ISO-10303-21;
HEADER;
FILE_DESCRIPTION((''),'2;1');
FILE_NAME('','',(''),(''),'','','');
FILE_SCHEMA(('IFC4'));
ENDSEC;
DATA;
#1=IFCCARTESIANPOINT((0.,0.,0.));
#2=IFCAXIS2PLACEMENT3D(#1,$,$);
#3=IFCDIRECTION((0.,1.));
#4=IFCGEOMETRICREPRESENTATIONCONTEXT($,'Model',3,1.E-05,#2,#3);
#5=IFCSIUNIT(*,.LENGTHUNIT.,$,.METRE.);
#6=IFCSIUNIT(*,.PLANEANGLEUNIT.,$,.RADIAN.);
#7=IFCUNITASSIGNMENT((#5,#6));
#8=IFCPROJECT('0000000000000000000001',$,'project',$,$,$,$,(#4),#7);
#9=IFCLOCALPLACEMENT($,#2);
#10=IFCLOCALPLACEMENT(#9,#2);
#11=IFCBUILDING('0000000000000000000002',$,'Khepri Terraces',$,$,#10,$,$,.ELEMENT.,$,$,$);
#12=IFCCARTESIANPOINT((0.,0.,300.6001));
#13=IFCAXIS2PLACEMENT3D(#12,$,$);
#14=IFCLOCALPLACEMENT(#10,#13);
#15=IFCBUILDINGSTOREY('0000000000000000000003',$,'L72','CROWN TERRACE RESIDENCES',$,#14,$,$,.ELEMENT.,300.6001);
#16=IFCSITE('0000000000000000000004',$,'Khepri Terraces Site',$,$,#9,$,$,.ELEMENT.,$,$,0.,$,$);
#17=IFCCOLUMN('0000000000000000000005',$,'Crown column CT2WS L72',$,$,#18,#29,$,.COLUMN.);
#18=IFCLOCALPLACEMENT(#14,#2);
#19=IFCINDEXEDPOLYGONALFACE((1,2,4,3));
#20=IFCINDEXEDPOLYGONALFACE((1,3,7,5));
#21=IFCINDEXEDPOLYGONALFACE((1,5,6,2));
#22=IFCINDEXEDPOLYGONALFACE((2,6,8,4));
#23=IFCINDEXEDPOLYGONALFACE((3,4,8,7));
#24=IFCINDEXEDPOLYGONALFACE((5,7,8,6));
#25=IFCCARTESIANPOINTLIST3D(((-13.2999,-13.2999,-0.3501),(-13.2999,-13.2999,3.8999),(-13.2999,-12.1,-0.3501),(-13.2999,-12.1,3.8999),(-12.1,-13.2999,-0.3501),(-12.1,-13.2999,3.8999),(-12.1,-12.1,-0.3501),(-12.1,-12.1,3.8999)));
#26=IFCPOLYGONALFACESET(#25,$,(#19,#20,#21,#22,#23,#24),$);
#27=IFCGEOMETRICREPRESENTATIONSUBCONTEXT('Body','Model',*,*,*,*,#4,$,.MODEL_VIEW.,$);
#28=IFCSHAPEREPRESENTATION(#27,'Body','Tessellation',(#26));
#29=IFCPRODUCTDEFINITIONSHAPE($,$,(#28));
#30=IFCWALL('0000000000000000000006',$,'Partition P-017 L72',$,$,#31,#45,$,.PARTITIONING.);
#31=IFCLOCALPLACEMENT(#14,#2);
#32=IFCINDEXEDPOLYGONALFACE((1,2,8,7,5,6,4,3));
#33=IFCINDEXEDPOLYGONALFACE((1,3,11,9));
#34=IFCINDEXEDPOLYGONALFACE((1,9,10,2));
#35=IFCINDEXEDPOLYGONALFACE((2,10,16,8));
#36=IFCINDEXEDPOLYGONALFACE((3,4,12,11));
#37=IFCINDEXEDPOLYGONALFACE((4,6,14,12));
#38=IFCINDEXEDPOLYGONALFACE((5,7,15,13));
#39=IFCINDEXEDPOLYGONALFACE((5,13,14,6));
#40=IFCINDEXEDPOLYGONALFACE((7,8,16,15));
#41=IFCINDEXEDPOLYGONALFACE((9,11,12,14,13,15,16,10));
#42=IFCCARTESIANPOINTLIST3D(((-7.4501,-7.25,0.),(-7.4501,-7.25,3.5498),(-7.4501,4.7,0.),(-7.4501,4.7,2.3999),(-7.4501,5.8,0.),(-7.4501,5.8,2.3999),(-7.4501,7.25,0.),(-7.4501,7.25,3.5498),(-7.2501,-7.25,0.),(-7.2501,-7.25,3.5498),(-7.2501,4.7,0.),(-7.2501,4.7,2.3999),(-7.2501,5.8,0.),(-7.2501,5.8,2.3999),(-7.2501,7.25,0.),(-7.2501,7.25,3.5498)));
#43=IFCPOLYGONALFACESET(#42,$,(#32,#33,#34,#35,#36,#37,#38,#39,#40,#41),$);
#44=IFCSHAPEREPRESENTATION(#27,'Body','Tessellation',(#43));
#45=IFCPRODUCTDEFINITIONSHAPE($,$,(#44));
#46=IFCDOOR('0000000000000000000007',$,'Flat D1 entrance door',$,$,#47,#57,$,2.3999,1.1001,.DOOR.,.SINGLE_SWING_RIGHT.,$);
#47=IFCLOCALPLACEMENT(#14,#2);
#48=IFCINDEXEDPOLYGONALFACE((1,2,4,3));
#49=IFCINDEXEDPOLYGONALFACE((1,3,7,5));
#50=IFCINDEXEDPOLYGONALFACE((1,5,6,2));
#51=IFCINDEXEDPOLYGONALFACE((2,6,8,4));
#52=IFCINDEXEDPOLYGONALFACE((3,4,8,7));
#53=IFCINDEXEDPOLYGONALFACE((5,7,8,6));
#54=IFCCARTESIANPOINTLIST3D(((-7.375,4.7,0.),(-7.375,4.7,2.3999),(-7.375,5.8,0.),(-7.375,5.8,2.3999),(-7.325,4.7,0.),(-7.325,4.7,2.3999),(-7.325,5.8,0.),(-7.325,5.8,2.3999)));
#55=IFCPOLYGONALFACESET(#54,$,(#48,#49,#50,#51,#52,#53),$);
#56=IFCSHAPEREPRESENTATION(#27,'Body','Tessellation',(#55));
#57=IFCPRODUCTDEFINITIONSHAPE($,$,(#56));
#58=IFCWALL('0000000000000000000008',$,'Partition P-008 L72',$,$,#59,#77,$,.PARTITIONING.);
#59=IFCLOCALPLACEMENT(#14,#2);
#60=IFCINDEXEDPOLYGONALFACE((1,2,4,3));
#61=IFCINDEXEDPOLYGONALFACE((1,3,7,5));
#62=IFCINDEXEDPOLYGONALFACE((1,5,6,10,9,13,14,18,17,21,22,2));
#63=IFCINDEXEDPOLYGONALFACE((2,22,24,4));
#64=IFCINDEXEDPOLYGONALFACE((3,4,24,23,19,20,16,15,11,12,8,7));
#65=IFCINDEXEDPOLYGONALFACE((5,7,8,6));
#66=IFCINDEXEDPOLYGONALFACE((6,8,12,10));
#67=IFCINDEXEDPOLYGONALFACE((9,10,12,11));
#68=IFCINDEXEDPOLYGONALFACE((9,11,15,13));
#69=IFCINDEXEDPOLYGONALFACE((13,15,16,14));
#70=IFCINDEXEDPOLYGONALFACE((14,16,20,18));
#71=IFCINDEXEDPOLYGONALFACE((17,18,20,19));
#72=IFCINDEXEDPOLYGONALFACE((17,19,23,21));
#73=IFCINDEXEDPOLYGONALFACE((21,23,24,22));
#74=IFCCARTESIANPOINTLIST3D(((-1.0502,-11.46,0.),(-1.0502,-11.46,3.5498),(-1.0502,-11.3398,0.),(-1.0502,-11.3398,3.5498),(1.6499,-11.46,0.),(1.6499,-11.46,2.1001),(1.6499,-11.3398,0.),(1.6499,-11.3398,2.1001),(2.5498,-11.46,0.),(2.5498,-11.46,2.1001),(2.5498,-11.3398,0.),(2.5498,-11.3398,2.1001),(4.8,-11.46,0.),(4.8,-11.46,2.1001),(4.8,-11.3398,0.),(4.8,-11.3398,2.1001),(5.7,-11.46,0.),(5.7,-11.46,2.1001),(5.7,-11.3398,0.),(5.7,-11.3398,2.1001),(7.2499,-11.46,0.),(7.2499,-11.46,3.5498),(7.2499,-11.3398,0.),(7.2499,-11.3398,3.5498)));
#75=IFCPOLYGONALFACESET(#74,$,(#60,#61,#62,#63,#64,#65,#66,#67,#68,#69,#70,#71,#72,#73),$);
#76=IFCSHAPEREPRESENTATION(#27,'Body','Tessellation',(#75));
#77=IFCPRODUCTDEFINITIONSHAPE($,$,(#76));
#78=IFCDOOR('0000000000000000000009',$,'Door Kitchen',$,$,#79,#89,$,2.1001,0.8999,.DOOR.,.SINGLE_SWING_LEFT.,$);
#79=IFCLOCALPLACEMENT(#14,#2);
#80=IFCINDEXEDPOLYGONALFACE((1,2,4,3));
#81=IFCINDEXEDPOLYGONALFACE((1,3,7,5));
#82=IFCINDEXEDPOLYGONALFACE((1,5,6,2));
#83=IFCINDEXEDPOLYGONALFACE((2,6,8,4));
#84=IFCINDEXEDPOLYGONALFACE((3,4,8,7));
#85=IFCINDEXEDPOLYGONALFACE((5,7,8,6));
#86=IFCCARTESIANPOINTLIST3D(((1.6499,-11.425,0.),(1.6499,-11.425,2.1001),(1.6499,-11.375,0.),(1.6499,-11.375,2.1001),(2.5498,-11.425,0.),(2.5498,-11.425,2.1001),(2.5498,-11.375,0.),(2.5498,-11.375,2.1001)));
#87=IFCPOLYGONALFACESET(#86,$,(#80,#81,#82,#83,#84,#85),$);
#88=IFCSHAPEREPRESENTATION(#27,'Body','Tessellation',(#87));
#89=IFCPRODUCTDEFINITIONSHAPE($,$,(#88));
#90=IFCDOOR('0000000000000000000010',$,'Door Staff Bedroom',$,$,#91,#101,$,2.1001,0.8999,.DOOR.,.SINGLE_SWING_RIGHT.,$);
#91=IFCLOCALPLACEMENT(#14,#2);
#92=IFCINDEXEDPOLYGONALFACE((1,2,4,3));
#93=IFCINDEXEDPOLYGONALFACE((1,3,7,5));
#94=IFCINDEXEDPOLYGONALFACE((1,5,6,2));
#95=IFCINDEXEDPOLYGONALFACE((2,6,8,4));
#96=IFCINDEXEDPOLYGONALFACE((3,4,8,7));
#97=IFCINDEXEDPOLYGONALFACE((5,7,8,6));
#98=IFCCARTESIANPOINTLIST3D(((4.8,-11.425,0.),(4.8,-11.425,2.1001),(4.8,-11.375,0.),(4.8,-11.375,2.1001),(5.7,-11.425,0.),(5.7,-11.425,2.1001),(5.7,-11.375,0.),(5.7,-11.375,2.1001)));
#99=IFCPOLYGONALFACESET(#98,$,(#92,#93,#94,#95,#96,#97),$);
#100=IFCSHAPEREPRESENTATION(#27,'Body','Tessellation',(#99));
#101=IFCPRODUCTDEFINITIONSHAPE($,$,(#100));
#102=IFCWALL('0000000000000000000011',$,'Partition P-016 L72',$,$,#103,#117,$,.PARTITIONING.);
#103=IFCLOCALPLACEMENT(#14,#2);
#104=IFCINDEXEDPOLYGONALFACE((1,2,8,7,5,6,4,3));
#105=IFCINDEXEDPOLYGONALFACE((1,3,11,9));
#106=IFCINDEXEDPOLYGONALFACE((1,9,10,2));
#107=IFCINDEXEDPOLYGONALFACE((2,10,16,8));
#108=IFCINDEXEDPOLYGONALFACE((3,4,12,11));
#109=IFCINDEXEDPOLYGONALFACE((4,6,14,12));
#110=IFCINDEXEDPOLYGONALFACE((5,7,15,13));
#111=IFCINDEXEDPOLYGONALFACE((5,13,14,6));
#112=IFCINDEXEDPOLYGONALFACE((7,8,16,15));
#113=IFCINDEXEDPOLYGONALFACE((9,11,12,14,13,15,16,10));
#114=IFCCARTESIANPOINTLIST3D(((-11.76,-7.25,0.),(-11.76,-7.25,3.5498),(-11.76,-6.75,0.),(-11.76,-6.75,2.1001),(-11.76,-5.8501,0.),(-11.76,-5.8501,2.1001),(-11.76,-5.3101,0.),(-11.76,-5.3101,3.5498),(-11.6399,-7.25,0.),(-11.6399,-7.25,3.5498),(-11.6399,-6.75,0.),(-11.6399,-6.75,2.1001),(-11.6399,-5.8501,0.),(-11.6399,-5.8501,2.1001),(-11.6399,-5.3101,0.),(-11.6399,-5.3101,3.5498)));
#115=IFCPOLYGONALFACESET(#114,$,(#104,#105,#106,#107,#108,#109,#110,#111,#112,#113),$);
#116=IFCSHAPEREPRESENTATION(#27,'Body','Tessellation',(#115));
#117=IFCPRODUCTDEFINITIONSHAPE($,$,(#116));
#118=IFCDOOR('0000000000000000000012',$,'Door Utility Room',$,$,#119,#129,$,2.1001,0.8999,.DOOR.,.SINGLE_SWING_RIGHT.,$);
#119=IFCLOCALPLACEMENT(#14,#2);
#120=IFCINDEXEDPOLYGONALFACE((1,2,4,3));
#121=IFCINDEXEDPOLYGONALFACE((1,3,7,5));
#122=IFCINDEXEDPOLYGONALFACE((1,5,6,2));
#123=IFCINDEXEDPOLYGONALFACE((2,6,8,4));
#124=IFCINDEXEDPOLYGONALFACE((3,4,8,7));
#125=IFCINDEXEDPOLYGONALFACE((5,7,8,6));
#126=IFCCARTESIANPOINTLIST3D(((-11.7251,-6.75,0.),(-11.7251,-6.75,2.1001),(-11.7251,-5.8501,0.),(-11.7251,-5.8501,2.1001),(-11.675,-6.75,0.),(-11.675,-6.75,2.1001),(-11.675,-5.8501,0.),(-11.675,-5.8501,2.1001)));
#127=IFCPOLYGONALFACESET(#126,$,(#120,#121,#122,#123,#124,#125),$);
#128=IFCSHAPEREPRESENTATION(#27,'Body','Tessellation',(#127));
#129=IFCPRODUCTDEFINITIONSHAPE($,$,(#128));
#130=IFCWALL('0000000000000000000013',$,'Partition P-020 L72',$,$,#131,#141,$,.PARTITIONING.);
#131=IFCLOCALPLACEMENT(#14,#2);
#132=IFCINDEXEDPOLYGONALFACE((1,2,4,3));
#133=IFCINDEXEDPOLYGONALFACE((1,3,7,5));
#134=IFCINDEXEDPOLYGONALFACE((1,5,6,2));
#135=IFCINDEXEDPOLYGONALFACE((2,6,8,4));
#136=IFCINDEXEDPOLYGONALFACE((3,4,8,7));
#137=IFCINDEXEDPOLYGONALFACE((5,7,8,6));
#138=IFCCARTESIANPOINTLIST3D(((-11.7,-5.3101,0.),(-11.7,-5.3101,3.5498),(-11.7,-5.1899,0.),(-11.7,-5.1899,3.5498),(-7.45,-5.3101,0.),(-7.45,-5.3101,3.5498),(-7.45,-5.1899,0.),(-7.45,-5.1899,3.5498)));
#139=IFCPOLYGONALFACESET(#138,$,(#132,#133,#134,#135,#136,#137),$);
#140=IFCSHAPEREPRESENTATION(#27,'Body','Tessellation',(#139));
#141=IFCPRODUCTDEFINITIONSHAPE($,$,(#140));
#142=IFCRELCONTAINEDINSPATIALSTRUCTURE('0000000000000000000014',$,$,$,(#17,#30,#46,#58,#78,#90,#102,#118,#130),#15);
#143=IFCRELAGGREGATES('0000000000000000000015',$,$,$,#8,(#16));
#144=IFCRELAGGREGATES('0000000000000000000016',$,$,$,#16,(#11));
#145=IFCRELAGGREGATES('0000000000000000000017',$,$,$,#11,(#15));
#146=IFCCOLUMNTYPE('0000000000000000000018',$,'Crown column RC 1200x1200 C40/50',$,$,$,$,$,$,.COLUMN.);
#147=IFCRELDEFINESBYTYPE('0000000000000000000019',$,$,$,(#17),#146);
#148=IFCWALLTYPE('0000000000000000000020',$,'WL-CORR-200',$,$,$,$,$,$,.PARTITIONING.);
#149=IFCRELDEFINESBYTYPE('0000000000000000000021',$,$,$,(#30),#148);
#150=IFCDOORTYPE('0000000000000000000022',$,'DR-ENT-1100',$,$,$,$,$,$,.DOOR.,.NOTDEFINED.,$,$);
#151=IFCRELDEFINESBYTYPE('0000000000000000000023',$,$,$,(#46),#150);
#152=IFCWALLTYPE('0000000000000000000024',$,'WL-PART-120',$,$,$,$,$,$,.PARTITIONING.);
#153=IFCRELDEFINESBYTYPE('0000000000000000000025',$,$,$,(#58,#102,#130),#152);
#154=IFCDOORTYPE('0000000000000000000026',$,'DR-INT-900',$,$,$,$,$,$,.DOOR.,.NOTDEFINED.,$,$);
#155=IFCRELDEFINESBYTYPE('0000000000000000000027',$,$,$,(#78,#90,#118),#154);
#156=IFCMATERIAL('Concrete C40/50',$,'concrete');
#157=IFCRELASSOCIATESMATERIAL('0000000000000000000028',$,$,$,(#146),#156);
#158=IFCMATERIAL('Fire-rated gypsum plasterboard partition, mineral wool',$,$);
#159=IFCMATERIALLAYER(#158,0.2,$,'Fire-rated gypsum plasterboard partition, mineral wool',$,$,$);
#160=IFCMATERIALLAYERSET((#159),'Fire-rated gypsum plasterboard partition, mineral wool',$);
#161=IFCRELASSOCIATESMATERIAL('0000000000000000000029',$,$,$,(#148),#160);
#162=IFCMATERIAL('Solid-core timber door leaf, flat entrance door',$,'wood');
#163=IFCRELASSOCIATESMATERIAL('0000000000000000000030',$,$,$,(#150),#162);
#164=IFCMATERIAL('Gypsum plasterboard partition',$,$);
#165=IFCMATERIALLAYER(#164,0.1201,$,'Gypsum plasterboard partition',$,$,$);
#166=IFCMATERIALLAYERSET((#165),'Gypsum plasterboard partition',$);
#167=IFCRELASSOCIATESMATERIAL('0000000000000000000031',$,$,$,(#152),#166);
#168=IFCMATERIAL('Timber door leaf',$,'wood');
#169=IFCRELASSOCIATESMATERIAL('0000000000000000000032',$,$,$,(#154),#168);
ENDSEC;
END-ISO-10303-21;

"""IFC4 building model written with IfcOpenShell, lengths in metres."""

from ifc_helpers import new_model, si_unit, direction, frame, frame_2d, origin, origin_2d, place, context, subcontext, project, spatial, rectangle, extrude, material, layer, layer_set, material_profile, profile_set, type_object, element, fill, save


model = new_model("IFC4")

# Units and contexts
model_context = context("Model", 3, precision=1e-05, world=origin(), true_north=direction((0.0, 1.0)))
body_context = subcontext(model_context, "Body", "Model", "MODEL_VIEW")
ifc_project = project(units=[si_unit("LENGTHUNIT", "METRE"), si_unit("PLANEANGLEUNIT", "RADIAN")], contexts=[model_context])

# Site, building, storey
site_placement = place(None, origin())
site = spatial("IfcSite", under=ifc_project, at=site_placement, Name="Khepri Terraces Site", CompositionType="ELEMENT", RefElevation=0.0)
building_placement = place(site_placement, origin())
building = spatial("IfcBuilding", under=site, at=building_placement, Name="Khepri Terraces", CompositionType="ELEMENT")
storey_placement = place(building_placement, frame((0.0, 0.0, 300.6001)))
storey = spatial("IfcBuildingStorey", under=building, at=storey_placement, Name="L72", Description="CROWN TERRACE RESIDENCES", CompositionType="ELEMENT", Elevation=300.6001)

# Column
ifc_material_1 = material(Name="Concrete C40/50", Category="concrete")
ifc_material_profile = material_profile(ifc_material_1, rectangle(XDim=1.2, YDim=1.2, at=origin_2d()), Name="Concrete C40/50", Category="concrete")
ifc_profile_set = profile_set([ifc_material_profile], Name="Concrete C40/50")
column_type = type_object("IfcColumnType", Name="Crown column RC 1200x1200 C40/50", PredefinedType="COLUMN", material=ifc_profile_set)
column_placement = place(storey_placement, frame((-12.7, -12.7, -0.3501), z_axis=(0.0, 0.0, 1.0), x_axis=(1.0, 0.0, 0.0)))
element("IfcColumn", 1, at=column_placement, inside=storey, type_object=column_type, Name="Crown column CT2WS L72", PredefinedType="COLUMN", context=body_context, shape_type="SweptSolid", body=[
    extrude(rectangle(XDim=1.2, YDim=1.2, at=origin_2d()), origin(), (0.0, 0.0, 1.0), 4.25),
])

# Wall, opening, door
ifc_material_2 = material(Name="Fire-rated gypsum plasterboard partition, mineral wool")
ifc_layer_1 = layer(ifc_material_2, 0.2, Name="Fire-rated gypsum plasterboard partition, mineral wool")
ifc_layer_set_1 = layer_set([ifc_layer_1], Name="Fire-rated gypsum plasterboard partition, mineral wool")
wall_type_1 = type_object("IfcWallType", Name="WL-CORR-200", PredefinedType="PARTITIONING", material=ifc_layer_set_1)
wall_1_placement = place(storey_placement, frame((-7.3501, -7.25, 0.0), z_axis=(0.0, 0.0, 1.0), x_axis=(0.0, 1.0, 0.0)))
wall_1 = element("IfcWall", 2, at=wall_1_placement, inside=storey, type_object=wall_type_1, Name="Partition P-017 L72", PredefinedType="PARTITIONING", context=body_context, shape_type="SweptSolid", body=[
    extrude(rectangle(XDim=14.5, YDim=0.2, at=frame_2d((7.25, 0.0))), origin(), (0.0, 0.0, 1.0), 3.5498),
])
opening_1_placement = place(wall_1_placement, frame((11.95, 0.0, 0.0)))
opening_1 = element("IfcOpeningElement", 3, at=opening_1_placement, cuts=wall_1, PredefinedType="OPENING", context=body_context, shape_type="SweptSolid", body=[
    extrude(rectangle(XDim=1.1001, YDim=2.3999, at=frame_2d((0.55, 1.2))), frame((0.0, 0.1099, 0.0), z_axis=(0.0, -1.0, 0.0), x_axis=(1.0, 0.0, 0.0)), (0.0, 0.0, 1.0), 0.22),
])
ifc_material_3 = material(Name="Solid-core timber door leaf, flat entrance door", Category="wood")
door_type_1 = type_object("IfcDoorType", Name="DR-ENT-1100", OperationType="NOTDEFINED", PredefinedType="DOOR", material=ifc_material_3)
door_1_placement = place(opening_1_placement, origin())
door_1 = element("IfcDoor", 4, at=door_1_placement, inside=storey, type_object=door_type_1, Name="Flat D1 entrance door", OperationType="SINGLE_SWING_RIGHT", OverallHeight=2.3999, OverallWidth=1.1001, PredefinedType="DOOR", context=body_context, shape_type="SweptSolid", body=[
    extrude(rectangle(XDim=1.1001, YDim=2.3999, at=frame_2d((0.55, 1.2))), frame((0.0, 0.0249, 0.0), z_axis=(0.0, -1.0, 0.0), x_axis=(1.0, 0.0, 0.0)), (0.0, 0.0, 1.0), 0.05),
])
fill(opening_1, door_1)

# Wall, openings, doors
ifc_material_4 = material(Name="Gypsum plasterboard partition")
ifc_layer_2 = layer(ifc_material_4, 0.1201, Name="Gypsum plasterboard partition")
ifc_layer_set_2 = layer_set([ifc_layer_2], Name="Gypsum plasterboard partition")
wall_type_2 = type_object("IfcWallType", Name="WL-PART-120", PredefinedType="PARTITIONING", material=ifc_layer_set_2)
wall_2_placement = place(storey_placement, frame((-1.05, -11.3999, 0.0), z_axis=(0.0, 0.0, 1.0), x_axis=(1.0, 0.0, 0.0)))
wall_2 = element("IfcWall", 5, at=wall_2_placement, inside=storey, type_object=wall_type_2, Name="Partition P-008 L72", PredefinedType="PARTITIONING", context=body_context, shape_type="SweptSolid", body=[
    extrude(rectangle(XDim=8.3, YDim=0.1201, at=frame_2d((4.1499, 0.0))), origin(), (0.0, 0.0, 1.0), 3.5498),
])
opening_2_placement = place(wall_2_placement, frame((2.7, 0.0, 0.0)))
opening_2 = element("IfcOpeningElement", 6, at=opening_2_placement, cuts=wall_2, PredefinedType="OPENING", context=body_context, shape_type="SweptSolid", body=[
    extrude(rectangle(XDim=0.8999, YDim=2.1001, at=frame_2d((0.45, 1.05))), frame((0.0, 0.0701, 0.0), z_axis=(0.0, -1.0, 0.0), x_axis=(1.0, 0.0, 0.0)), (0.0, 0.0, 1.0), 0.1401),
])
opening_3_placement = place(wall_2_placement, frame((5.8501, 0.0, 0.0)))
opening_3 = element("IfcOpeningElement", 7, at=opening_3_placement, cuts=wall_2, PredefinedType="OPENING", context=body_context, shape_type="SweptSolid", body=[
    extrude(rectangle(XDim=0.8999, YDim=2.1001, at=frame_2d((0.45, 1.05))), frame((0.0, 0.0701, 0.0), z_axis=(0.0, -1.0, 0.0), x_axis=(1.0, 0.0, 0.0)), (0.0, 0.0, 1.0), 0.1401),
])
ifc_material_5 = material(Name="Timber door leaf", Category="wood")
door_type_2 = type_object("IfcDoorType", Name="DR-INT-900", OperationType="NOTDEFINED", PredefinedType="DOOR", material=ifc_material_5)
door_2_placement = place(opening_2_placement, origin())
door_2 = element("IfcDoor", 8, at=door_2_placement, inside=storey, type_object=door_type_2, Name="Door Kitchen", OperationType="SINGLE_SWING_LEFT", OverallHeight=2.1001, OverallWidth=0.8999, PredefinedType="DOOR", context=body_context, shape_type="SweptSolid", body=[
    extrude(rectangle(XDim=0.8999, YDim=2.1001, at=frame_2d((0.45, 1.05))), frame((0.0, 0.0249, 0.0), z_axis=(0.0, -1.0, 0.0), x_axis=(1.0, 0.0, 0.0)), (0.0, 0.0, 1.0), 0.05),
])
fill(opening_2, door_2)
door_3_placement = place(opening_3_placement, origin())
door_3 = element("IfcDoor", 9, at=door_3_placement, inside=storey, type_object=door_type_2, Name="Door Staff Bedroom", OperationType="SINGLE_SWING_RIGHT", OverallHeight=2.1001, OverallWidth=0.8999, PredefinedType="DOOR", context=body_context, shape_type="SweptSolid", body=[
    extrude(rectangle(XDim=0.8999, YDim=2.1001, at=frame_2d((0.45, 1.05))), frame((0.0, 0.0249, 0.0), z_axis=(0.0, -1.0, 0.0), x_axis=(1.0, 0.0, 0.0)), (0.0, 0.0, 1.0), 0.05),
])
fill(opening_3, door_3)

# Wall, opening, door
wall_3_placement = place(storey_placement, frame((-11.7, -7.25, 0.0), z_axis=(0.0, 0.0, 1.0), x_axis=(0.0, 1.0, 0.0)))
wall_3 = element("IfcWall", 10, at=wall_3_placement, inside=storey, type_object=wall_type_2, Name="Partition P-016 L72", PredefinedType="PARTITIONING", context=body_context, shape_type="SweptSolid", body=[
    extrude(rectangle(XDim=1.9399, YDim=0.1201, at=frame_2d((0.97, 0.0))), origin(), (0.0, 0.0, 1.0), 3.5498),
])
opening_4_placement = place(wall_3_placement, frame((0.5, 0.0, 0.0)))
opening_4 = element("IfcOpeningElement", 11, at=opening_4_placement, cuts=wall_3, PredefinedType="OPENING", context=body_context, shape_type="SweptSolid", body=[
    extrude(rectangle(XDim=0.8999, YDim=2.1001, at=frame_2d((0.45, 1.05))), frame((0.0, 0.0701, 0.0), z_axis=(0.0, -1.0, 0.0), x_axis=(1.0, 0.0, 0.0)), (0.0, 0.0, 1.0), 0.1401),
])
door_4_placement = place(opening_4_placement, frame((0.8999, 0.0, 0.0), z_axis=(0.0, 0.0, 1.0), x_axis=(-1.0, 0.0, 0.0)))
door_4 = element("IfcDoor", 12, at=door_4_placement, inside=storey, type_object=door_type_2, Name="Door Utility Room", OperationType="SINGLE_SWING_RIGHT", OverallHeight=2.1001, OverallWidth=0.8999, PredefinedType="DOOR", context=body_context, shape_type="SweptSolid", body=[
    extrude(rectangle(XDim=0.8999, YDim=2.1001, at=frame_2d((0.45, 1.05))), frame((0.0, 0.0249, 0.0), z_axis=(0.0, -1.0, 0.0), x_axis=(1.0, 0.0, 0.0)), (0.0, 0.0, 1.0), 0.05),
])
fill(opening_4, door_4)

# Wall
wall_4_placement = place(storey_placement, frame((-11.7, -5.25, 0.0), z_axis=(0.0, 0.0, 1.0), x_axis=(1.0, 0.0, 0.0)))
element("IfcWall", 13, at=wall_4_placement, inside=storey, type_object=wall_type_2, Name="Partition P-020 L72", PredefinedType="PARTITIONING", context=body_context, shape_type="SweptSolid", body=[
    extrude(rectangle(XDim=4.25, YDim=0.1201, at=frame_2d((2.125, 0.0))), origin(), (0.0, 0.0, 1.0), 3.5498),
])

save(model, "model.ifc")
